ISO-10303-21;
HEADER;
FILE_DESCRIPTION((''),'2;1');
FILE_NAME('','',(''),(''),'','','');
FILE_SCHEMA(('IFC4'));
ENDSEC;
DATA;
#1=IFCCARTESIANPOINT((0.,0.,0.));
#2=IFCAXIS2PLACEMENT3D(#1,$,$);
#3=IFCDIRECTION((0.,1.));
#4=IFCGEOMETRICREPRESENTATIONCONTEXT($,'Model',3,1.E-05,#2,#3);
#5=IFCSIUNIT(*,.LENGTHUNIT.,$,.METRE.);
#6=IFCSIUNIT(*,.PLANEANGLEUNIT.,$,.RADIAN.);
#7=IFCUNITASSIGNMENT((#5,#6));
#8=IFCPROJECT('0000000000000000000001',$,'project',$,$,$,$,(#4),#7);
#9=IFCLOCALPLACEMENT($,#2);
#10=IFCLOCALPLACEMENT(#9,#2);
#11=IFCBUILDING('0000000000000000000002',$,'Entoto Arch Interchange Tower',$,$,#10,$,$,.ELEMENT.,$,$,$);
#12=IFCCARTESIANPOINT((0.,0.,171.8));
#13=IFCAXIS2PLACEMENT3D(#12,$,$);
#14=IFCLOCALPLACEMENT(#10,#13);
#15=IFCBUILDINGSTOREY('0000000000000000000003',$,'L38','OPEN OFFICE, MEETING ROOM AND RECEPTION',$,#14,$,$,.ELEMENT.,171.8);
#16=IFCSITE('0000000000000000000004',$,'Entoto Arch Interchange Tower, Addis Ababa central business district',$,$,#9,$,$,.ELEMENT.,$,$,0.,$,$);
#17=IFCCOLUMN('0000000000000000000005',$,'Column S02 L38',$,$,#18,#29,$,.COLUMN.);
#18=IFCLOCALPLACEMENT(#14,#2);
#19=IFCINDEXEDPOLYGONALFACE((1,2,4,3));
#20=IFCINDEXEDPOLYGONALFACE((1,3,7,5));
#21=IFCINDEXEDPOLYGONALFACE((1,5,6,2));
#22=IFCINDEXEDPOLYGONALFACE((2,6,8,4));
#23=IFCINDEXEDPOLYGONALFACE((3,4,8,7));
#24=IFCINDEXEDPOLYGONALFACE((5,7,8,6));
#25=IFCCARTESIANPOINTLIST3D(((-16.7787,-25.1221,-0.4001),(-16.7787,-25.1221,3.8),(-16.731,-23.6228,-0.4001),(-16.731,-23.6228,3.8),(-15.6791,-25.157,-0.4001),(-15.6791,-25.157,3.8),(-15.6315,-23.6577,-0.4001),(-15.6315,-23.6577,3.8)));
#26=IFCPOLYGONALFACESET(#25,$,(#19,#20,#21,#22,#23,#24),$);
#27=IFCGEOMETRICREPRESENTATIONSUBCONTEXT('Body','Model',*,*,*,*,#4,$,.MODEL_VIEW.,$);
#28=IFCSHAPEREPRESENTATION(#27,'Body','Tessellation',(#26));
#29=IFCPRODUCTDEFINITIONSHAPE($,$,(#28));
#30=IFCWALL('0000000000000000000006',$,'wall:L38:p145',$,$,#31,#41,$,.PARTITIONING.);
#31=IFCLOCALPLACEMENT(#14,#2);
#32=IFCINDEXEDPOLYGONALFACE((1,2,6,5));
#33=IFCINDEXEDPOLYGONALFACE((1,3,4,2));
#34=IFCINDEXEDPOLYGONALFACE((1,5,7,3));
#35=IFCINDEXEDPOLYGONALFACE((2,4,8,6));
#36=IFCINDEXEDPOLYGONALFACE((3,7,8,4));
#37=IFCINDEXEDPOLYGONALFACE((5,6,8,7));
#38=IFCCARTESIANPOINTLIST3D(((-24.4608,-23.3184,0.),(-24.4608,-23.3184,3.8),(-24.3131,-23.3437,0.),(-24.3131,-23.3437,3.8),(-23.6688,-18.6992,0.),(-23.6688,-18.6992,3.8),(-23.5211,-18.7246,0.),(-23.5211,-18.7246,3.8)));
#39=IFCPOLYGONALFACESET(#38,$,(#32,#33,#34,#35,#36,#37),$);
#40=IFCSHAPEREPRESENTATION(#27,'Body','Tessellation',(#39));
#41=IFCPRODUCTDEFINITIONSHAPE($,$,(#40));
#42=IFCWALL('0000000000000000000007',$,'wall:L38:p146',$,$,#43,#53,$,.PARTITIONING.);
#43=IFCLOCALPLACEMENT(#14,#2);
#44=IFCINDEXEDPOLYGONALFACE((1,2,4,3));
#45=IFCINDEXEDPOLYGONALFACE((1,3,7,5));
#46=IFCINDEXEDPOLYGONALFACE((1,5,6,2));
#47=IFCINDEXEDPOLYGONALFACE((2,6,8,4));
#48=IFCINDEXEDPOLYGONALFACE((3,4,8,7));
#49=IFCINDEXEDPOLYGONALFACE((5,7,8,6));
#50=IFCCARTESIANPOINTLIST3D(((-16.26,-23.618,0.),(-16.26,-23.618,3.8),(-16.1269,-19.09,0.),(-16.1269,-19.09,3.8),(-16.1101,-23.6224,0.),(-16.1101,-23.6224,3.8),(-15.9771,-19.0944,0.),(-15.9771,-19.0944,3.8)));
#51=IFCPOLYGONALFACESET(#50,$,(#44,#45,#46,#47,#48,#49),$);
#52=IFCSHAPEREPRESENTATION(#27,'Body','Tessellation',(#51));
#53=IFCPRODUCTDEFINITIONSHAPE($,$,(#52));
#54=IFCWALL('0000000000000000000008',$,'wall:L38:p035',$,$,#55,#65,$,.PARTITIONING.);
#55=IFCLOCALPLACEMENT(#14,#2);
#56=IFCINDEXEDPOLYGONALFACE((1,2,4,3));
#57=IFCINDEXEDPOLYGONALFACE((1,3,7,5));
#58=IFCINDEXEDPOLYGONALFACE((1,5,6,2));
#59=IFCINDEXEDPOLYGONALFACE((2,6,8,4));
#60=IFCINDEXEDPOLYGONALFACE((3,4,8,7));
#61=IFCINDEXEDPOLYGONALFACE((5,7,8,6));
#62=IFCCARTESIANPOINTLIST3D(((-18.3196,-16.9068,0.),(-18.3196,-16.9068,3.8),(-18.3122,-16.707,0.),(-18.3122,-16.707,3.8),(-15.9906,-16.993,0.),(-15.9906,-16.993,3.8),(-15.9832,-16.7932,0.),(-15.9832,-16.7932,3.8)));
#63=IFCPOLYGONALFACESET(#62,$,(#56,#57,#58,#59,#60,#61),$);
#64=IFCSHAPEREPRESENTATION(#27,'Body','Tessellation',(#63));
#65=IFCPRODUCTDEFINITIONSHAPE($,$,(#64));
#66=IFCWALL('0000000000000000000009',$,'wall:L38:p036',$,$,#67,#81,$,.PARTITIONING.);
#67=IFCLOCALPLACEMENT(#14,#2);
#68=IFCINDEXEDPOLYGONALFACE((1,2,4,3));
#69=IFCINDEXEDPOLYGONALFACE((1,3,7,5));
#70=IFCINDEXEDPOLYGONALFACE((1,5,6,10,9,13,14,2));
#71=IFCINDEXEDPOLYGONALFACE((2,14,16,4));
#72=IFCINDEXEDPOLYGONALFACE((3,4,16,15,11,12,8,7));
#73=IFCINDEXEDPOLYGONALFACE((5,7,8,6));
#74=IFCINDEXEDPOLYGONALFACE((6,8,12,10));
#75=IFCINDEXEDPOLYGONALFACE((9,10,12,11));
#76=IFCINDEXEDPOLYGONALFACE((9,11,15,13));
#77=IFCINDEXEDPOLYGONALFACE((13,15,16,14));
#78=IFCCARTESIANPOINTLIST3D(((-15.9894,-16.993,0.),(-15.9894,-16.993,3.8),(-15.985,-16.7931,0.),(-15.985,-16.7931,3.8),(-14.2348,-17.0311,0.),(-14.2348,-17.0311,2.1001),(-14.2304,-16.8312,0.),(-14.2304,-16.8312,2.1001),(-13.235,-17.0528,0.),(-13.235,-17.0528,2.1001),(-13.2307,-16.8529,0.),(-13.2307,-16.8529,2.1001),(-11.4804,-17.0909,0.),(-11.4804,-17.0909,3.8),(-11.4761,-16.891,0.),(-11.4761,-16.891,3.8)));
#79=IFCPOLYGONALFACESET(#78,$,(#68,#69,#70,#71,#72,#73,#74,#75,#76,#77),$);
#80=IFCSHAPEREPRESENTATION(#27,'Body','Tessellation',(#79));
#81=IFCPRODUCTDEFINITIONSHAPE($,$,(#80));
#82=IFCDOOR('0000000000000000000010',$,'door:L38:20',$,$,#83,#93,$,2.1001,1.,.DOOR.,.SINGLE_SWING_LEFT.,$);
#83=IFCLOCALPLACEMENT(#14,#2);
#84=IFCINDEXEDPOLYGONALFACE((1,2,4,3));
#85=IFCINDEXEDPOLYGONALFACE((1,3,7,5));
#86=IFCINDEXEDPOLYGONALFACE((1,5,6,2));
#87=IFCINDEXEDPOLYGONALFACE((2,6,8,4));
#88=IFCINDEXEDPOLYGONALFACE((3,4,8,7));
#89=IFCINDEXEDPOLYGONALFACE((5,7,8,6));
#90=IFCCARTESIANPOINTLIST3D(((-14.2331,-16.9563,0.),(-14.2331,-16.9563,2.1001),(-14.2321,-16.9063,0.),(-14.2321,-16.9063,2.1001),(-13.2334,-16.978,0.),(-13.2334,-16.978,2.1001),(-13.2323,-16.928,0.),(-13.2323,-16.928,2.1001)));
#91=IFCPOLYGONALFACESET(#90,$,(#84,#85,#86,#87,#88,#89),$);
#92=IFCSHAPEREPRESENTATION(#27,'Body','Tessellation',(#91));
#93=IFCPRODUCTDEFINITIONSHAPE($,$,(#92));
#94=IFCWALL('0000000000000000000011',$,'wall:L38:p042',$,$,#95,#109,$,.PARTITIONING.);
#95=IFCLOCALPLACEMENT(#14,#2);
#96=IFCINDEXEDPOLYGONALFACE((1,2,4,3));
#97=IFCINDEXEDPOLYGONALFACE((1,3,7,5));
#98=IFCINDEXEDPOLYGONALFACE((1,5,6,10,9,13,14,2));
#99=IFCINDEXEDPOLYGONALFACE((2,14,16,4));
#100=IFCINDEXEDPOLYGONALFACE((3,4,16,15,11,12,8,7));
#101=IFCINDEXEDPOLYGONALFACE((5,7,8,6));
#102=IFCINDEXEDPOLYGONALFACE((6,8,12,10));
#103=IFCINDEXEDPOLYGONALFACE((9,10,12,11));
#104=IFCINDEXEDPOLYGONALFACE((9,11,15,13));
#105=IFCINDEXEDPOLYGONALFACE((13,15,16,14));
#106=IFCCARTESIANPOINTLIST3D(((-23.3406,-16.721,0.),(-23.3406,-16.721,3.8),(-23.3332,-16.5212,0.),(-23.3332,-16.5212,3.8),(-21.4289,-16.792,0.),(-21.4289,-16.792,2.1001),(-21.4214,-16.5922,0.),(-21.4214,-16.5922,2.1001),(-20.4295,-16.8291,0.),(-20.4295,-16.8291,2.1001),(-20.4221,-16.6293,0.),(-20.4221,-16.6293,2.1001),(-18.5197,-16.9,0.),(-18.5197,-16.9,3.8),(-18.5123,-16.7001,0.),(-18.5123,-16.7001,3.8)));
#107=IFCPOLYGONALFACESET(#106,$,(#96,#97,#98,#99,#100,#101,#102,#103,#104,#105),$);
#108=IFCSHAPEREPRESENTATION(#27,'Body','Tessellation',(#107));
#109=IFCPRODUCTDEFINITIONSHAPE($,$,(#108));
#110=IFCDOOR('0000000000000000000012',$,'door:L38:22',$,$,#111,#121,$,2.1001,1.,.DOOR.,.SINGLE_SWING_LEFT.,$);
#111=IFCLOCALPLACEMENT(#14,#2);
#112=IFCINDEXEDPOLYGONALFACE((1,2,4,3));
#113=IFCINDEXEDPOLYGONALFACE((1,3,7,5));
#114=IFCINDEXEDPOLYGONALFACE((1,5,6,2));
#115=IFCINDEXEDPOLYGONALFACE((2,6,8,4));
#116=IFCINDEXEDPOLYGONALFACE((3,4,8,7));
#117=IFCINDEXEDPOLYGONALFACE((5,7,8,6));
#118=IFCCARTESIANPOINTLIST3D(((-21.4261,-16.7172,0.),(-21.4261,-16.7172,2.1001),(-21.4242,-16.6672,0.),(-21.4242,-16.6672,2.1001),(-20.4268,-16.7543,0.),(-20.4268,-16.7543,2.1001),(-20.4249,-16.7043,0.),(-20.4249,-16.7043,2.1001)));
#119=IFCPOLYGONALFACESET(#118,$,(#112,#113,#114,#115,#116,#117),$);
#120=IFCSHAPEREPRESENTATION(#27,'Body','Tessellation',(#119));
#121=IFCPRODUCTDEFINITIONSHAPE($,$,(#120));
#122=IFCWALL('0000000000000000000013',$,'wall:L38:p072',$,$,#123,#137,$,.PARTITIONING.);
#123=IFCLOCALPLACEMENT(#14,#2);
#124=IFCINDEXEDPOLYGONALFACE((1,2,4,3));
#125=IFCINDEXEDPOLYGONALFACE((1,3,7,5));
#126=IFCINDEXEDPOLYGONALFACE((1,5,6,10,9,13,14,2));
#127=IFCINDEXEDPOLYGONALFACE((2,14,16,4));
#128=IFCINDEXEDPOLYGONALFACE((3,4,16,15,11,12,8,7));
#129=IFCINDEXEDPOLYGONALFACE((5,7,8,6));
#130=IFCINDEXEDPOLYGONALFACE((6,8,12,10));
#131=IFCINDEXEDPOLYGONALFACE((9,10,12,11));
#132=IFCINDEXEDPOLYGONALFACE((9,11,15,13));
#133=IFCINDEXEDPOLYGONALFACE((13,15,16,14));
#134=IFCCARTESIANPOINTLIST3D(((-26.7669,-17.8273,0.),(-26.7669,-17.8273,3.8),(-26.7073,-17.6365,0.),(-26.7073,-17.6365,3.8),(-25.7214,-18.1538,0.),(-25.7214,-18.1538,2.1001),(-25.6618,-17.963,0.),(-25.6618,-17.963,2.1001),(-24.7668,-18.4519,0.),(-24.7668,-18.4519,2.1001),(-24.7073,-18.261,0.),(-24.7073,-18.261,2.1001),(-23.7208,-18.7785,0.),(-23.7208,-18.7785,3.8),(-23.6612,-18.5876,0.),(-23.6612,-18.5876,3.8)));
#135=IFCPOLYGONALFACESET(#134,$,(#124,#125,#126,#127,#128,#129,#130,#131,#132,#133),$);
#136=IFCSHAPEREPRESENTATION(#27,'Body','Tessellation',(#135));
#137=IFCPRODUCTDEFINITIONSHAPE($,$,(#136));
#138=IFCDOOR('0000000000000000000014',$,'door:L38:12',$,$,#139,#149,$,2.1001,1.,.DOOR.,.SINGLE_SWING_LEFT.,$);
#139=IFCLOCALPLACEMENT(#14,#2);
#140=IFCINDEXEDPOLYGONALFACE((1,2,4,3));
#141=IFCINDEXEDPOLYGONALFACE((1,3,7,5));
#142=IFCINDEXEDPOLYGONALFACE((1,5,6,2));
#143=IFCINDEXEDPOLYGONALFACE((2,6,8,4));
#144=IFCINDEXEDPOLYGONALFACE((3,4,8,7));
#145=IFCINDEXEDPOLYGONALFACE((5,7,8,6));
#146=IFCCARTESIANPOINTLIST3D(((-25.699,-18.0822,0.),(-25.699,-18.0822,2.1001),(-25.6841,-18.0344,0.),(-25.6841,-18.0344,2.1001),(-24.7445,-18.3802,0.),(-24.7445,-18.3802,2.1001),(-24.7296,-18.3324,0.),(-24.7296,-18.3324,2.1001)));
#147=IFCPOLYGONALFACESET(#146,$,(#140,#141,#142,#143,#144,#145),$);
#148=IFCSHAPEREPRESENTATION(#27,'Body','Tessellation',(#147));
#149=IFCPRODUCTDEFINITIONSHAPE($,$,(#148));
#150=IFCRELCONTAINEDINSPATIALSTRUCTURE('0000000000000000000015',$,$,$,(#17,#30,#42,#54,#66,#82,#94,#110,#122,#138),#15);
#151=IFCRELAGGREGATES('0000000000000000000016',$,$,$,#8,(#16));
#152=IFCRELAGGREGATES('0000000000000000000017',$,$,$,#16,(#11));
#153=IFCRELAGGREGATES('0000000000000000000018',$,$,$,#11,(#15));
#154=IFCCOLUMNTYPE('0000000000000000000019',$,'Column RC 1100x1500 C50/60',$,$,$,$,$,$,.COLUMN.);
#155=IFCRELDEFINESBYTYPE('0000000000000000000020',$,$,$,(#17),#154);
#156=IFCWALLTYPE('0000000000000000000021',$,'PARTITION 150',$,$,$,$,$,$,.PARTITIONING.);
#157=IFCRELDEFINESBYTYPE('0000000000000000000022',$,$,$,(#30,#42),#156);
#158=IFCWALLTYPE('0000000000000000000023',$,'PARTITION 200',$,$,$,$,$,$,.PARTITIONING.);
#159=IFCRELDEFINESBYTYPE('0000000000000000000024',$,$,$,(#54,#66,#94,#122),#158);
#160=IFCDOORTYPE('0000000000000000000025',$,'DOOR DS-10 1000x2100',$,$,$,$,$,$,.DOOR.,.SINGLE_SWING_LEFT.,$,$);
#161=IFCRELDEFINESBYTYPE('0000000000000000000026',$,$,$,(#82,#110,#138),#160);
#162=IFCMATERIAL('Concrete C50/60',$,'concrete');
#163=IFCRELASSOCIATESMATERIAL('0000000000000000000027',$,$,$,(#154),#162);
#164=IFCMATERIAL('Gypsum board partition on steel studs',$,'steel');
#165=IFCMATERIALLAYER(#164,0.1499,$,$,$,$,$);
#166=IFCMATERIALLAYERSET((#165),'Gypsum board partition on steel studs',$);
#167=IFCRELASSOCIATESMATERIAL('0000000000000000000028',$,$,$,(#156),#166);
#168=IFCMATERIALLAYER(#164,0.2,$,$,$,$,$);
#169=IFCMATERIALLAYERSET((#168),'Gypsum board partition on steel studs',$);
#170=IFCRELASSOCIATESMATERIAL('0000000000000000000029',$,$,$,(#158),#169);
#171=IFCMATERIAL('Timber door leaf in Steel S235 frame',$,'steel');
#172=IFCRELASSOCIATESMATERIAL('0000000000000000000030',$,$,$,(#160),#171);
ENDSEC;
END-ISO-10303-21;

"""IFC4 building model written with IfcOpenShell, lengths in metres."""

from ifc_helpers import new_model, si_unit, direction, frame, frame_2d, origin, origin_2d, place, context, subcontext, project, spatial, rectangle, extrude, material, layer, layer_set, material_profile, profile_set, type_object, element, fill, save


model = new_model("IFC4")

# Units and contexts
model_context = context("Model", 3, precision=1e-05, world=origin(), true_north=direction((0.0, 1.0)))
body_context = subcontext(model_context, "Body", "Model", "MODEL_VIEW")
ifc_project = project(units=[si_unit("LENGTHUNIT", "METRE"), si_unit("PLANEANGLEUNIT", "RADIAN")], contexts=[model_context])

# Site, building, storey
site_placement = place(None, origin())
site = spatial("IfcSite", under=ifc_project, at=site_placement, Name="Entoto Arch Interchange Tower, Addis Ababa central business district", CompositionType="ELEMENT", RefElevation=0.0)
building_placement = place(site_placement, origin())
building = spatial("IfcBuilding", under=site, at=building_placement, Name="Entoto Arch Interchange Tower", CompositionType="ELEMENT")
storey_placement = place(building_placement, frame((0.0, 0.0, 171.8)))
storey = spatial("IfcBuildingStorey", under=building, at=storey_placement, Name="L38", Description="OPEN OFFICE, MEETING ROOM AND RECEPTION", CompositionType="ELEMENT", Elevation=171.8)

# Column
ifc_material_1 = material(Name="Concrete C50/60", Category="concrete")
ifc_material_profile = material_profile(ifc_material_1, rectangle(XDim=1.1001, YDim=1.5, at=origin_2d()))
ifc_profile_set = profile_set([ifc_material_profile], Name="Concrete C50/60")
column_type = type_object("IfcColumnType", Name="Column RC 1100x1500 C50/60", PredefinedType="COLUMN", material=ifc_profile_set)
column_placement = place(storey_placement, frame((-16.2051, -24.3899, -0.4001), z_axis=(0.0, 0.0, 1.0), x_axis=(-0.999496, 0.031742, 0.0)))
element("IfcColumn", 1, at=column_placement, inside=storey, type_object=column_type, Name="Column S02 L38", PredefinedType="COLUMN", context=body_context, shape_type="SweptSolid", body=[
    extrude(rectangle(XDim=1.1001, YDim=1.5, at=origin_2d()), origin(), (0.0, 0.0, 1.0), 4.2002),
])

# Walls
ifc_material_2 = material(Name="Gypsum board partition on steel studs", Category="steel")
ifc_layer_1 = layer(ifc_material_2, 0.1499)
ifc_layer_set_1 = layer_set([ifc_layer_1], Name="Gypsum board partition on steel studs")
wall_type_1 = type_object("IfcWallType", Name="PARTITION 150", PredefinedType="PARTITIONING", material=ifc_layer_set_1)
wall_1_placement = place(storey_placement, frame((-23.595, -18.7119, 0.0), z_axis=(0.0, 0.0, 1.0), x_axis=(-0.168993, -0.985617, 0.0)))
element("IfcWall", 2, at=wall_1_placement, inside=storey, type_object=wall_type_1, Name="wall:L38:p145", PredefinedType="PARTITIONING", context=body_context, shape_type="SweptSolid", body=[
    extrude(rectangle(XDim=4.6865, YDim=0.1499, at=frame_2d((2.3433, 0.0))), origin(), (0.0, 0.0, 1.0), 3.8),
])
wall_2_placement = place(storey_placement, frame((-16.052, -19.092, 0.0), z_axis=(0.0, 0.0, 1.0), x_axis=(-0.029372, -0.999569, 0.0)))
element("IfcWall", 3, at=wall_2_placement, inside=storey, type_object=wall_type_1, Name="wall:L38:p146", PredefinedType="PARTITIONING", context=body_context, shape_type="SweptSolid", body=[
    extrude(rectangle(XDim=4.53, YDim=0.1499, at=frame_2d((2.2651, 0.0))), origin(), (0.0, 0.0, 1.0), 3.8),
])
ifc_layer_2 = layer(ifc_material_2, 0.2)
ifc_layer_set_2 = layer_set([ifc_layer_2], Name="Gypsum board partition on steel studs")
wall_type_2 = type_object("IfcWallType", Name="PARTITION 200", PredefinedType="PARTITIONING", material=ifc_layer_set_2)
wall_3_placement = place(storey_placement, frame((-18.3159, -16.8069, 0.0), z_axis=(0.0, 0.0, 1.0), x_axis=(0.999316, -0.036981, 0.0)))
element("IfcWall", 4, at=wall_3_placement, inside=storey, type_object=wall_type_2, Name="wall:L38:p035", PredefinedType="PARTITIONING", context=body_context, shape_type="SweptSolid", body=[
    extrude(rectangle(XDim=2.3306, YDim=0.2, at=frame_2d((1.1653, 0.0))), origin(), (0.0, 0.0, 1.0), 3.8),
])

# Walls, openings, doors
wall_4_placement = place(storey_placement, frame((-15.9871, -16.8931, 0.0), z_axis=(0.0, 0.0, 1.0), x_axis=(0.999764, -0.021707, 0.0)))
wall_4 = element("IfcWall", 5, at=wall_4_placement, inside=storey, type_object=wall_type_2, Name="wall:L38:p036", PredefinedType="PARTITIONING", context=body_context, shape_type="SweptSolid", body=[
    extrude(rectangle(XDim=4.51, YDim=0.2, at=frame_2d((2.2549, 0.0))), origin(), (0.0, 0.0, 1.0), 3.8),
])
opening_1_placement = place(wall_4_placement, frame((1.7549, 0.0, 0.0)))
opening_1 = element("IfcOpeningElement", 6, at=opening_1_placement, cuts=wall_4, PredefinedType="OPENING", context=body_context, shape_type="SweptSolid", body=[
    extrude(rectangle(XDim=1.0, YDim=2.1001, at=frame_2d((0.5, 1.05))), frame((0.0, 0.1099, 0.0), z_axis=(0.0, -1.0, 0.0), x_axis=(1.0, 0.0, 0.0)), (0.0, 0.0, 1.0), 0.22),
])
ifc_material_3 = material(Name="Timber door leaf in Steel S235 frame", Category="steel")
door_type = type_object("IfcDoorType", Name="DOOR DS-10 1000x2100", OperationType="SINGLE_SWING_LEFT", PredefinedType="DOOR", material=ifc_material_3)
door_1_placement = place(opening_1_placement, origin())
door_1 = element("IfcDoor", 7, at=door_1_placement, inside=storey, type_object=door_type, Name="door:L38:20", OperationType="SINGLE_SWING_LEFT", OverallHeight=2.1001, OverallWidth=1.0, PredefinedType="DOOR", context=body_context, shape_type="SweptSolid", body=[
    extrude(rectangle(XDim=1.0, YDim=2.1001, at=frame_2d((0.5, 1.05))), frame((0.0, 0.0249, 0.0), z_axis=(0.0, -1.0, 0.0), x_axis=(1.0, 0.0, 0.0)), (0.0, 0.0, 1.0), 0.05),
])
fill(opening_1, door_1)
wall_5_placement = place(storey_placement, frame((-23.3369, -16.6211, 0.0), z_axis=(0.0, 0.0, 1.0), x_axis=(0.999312, -0.037096, 0.0)))
wall_5 = element("IfcWall", 8, at=wall_5_placement, inside=storey, type_object=wall_type_2, Name="wall:L38:p042", PredefinedType="PARTITIONING", context=body_context, shape_type="SweptSolid", body=[
    extrude(rectangle(XDim=4.8242, YDim=0.2, at=frame_2d((2.4121, 0.0))), origin(), (0.0, 0.0, 1.0), 3.8),
])
opening_2_placement = place(wall_5_placement, frame((1.9131, 0.0, 0.0)))
opening_2 = element("IfcOpeningElement", 9, at=opening_2_placement, cuts=wall_5, PredefinedType="OPENING", context=body_context, shape_type="SweptSolid", body=[
    extrude(rectangle(XDim=1.0, YDim=2.1001, at=frame_2d((0.5, 1.05))), frame((0.0, 0.1099, 0.0), z_axis=(0.0, -1.0, 0.0), x_axis=(1.0, 0.0, 0.0)), (0.0, 0.0, 1.0), 0.22),
])
door_2_placement = place(opening_2_placement, origin())
door_2 = element("IfcDoor", 10, at=door_2_placement, inside=storey, type_object=door_type, Name="door:L38:22", OperationType="SINGLE_SWING_LEFT", OverallHeight=2.1001, OverallWidth=1.0, PredefinedType="DOOR", context=body_context, shape_type="SweptSolid", body=[
    extrude(rectangle(XDim=1.0, YDim=2.1001, at=frame_2d((0.5, 1.05))), frame((0.0, 0.0249, 0.0), z_axis=(0.0, -1.0, 0.0), x_axis=(1.0, 0.0, 0.0)), (0.0, 0.0, 1.0), 0.05),
])
fill(opening_2, door_2)
wall_6_placement = place(storey_placement, frame((-23.6909, -18.6831, 0.0), z_axis=(0.0, 0.0, 1.0), x_axis=(-0.954547, 0.298062, 0.0)))
wall_6 = element("IfcWall", 11, at=wall_6_placement, inside=storey, type_object=wall_type_2, Name="wall:L38:p072", PredefinedType="PARTITIONING", context=body_context, shape_type="SweptSolid", body=[
    extrude(rectangle(XDim=3.1912, YDim=0.2, at=frame_2d((1.5957, 0.0))), origin(), (0.0, 0.0, 1.0), 3.8),
])
opening_3_placement = place(wall_6_placement, frame((1.0959, 0.0, 0.0)))
opening_3 = element("IfcOpeningElement", 12, at=opening_3_placement, cuts=wall_6, PredefinedType="OPENING", context=body_context, shape_type="SweptSolid", body=[
    extrude(rectangle(XDim=1.0, YDim=2.1001, at=frame_2d((0.5, 1.05))), frame((0.0, 0.1099, 0.0), z_axis=(0.0, -1.0, 0.0), x_axis=(1.0, 0.0, 0.0)), (0.0, 0.0, 1.0), 0.22),
])
door_3_placement = place(opening_3_placement, origin())
door_3 = element("IfcDoor", 13, at=door_3_placement, inside=storey, type_object=door_type, Name="door:L38:12", OperationType="SINGLE_SWING_LEFT", OverallHeight=2.1001, OverallWidth=1.0, PredefinedType="DOOR", context=body_context, shape_type="SweptSolid", body=[
    extrude(rectangle(XDim=1.0, YDim=2.1001, at=frame_2d((0.5, 1.05))), frame((0.0, 0.0249, 0.0), z_axis=(0.0, -1.0, 0.0), x_axis=(1.0, 0.0, 0.0)), (0.0, 0.0, 1.0), 0.05),
])
fill(opening_3, door_3)

save(model, "model.ifc")
